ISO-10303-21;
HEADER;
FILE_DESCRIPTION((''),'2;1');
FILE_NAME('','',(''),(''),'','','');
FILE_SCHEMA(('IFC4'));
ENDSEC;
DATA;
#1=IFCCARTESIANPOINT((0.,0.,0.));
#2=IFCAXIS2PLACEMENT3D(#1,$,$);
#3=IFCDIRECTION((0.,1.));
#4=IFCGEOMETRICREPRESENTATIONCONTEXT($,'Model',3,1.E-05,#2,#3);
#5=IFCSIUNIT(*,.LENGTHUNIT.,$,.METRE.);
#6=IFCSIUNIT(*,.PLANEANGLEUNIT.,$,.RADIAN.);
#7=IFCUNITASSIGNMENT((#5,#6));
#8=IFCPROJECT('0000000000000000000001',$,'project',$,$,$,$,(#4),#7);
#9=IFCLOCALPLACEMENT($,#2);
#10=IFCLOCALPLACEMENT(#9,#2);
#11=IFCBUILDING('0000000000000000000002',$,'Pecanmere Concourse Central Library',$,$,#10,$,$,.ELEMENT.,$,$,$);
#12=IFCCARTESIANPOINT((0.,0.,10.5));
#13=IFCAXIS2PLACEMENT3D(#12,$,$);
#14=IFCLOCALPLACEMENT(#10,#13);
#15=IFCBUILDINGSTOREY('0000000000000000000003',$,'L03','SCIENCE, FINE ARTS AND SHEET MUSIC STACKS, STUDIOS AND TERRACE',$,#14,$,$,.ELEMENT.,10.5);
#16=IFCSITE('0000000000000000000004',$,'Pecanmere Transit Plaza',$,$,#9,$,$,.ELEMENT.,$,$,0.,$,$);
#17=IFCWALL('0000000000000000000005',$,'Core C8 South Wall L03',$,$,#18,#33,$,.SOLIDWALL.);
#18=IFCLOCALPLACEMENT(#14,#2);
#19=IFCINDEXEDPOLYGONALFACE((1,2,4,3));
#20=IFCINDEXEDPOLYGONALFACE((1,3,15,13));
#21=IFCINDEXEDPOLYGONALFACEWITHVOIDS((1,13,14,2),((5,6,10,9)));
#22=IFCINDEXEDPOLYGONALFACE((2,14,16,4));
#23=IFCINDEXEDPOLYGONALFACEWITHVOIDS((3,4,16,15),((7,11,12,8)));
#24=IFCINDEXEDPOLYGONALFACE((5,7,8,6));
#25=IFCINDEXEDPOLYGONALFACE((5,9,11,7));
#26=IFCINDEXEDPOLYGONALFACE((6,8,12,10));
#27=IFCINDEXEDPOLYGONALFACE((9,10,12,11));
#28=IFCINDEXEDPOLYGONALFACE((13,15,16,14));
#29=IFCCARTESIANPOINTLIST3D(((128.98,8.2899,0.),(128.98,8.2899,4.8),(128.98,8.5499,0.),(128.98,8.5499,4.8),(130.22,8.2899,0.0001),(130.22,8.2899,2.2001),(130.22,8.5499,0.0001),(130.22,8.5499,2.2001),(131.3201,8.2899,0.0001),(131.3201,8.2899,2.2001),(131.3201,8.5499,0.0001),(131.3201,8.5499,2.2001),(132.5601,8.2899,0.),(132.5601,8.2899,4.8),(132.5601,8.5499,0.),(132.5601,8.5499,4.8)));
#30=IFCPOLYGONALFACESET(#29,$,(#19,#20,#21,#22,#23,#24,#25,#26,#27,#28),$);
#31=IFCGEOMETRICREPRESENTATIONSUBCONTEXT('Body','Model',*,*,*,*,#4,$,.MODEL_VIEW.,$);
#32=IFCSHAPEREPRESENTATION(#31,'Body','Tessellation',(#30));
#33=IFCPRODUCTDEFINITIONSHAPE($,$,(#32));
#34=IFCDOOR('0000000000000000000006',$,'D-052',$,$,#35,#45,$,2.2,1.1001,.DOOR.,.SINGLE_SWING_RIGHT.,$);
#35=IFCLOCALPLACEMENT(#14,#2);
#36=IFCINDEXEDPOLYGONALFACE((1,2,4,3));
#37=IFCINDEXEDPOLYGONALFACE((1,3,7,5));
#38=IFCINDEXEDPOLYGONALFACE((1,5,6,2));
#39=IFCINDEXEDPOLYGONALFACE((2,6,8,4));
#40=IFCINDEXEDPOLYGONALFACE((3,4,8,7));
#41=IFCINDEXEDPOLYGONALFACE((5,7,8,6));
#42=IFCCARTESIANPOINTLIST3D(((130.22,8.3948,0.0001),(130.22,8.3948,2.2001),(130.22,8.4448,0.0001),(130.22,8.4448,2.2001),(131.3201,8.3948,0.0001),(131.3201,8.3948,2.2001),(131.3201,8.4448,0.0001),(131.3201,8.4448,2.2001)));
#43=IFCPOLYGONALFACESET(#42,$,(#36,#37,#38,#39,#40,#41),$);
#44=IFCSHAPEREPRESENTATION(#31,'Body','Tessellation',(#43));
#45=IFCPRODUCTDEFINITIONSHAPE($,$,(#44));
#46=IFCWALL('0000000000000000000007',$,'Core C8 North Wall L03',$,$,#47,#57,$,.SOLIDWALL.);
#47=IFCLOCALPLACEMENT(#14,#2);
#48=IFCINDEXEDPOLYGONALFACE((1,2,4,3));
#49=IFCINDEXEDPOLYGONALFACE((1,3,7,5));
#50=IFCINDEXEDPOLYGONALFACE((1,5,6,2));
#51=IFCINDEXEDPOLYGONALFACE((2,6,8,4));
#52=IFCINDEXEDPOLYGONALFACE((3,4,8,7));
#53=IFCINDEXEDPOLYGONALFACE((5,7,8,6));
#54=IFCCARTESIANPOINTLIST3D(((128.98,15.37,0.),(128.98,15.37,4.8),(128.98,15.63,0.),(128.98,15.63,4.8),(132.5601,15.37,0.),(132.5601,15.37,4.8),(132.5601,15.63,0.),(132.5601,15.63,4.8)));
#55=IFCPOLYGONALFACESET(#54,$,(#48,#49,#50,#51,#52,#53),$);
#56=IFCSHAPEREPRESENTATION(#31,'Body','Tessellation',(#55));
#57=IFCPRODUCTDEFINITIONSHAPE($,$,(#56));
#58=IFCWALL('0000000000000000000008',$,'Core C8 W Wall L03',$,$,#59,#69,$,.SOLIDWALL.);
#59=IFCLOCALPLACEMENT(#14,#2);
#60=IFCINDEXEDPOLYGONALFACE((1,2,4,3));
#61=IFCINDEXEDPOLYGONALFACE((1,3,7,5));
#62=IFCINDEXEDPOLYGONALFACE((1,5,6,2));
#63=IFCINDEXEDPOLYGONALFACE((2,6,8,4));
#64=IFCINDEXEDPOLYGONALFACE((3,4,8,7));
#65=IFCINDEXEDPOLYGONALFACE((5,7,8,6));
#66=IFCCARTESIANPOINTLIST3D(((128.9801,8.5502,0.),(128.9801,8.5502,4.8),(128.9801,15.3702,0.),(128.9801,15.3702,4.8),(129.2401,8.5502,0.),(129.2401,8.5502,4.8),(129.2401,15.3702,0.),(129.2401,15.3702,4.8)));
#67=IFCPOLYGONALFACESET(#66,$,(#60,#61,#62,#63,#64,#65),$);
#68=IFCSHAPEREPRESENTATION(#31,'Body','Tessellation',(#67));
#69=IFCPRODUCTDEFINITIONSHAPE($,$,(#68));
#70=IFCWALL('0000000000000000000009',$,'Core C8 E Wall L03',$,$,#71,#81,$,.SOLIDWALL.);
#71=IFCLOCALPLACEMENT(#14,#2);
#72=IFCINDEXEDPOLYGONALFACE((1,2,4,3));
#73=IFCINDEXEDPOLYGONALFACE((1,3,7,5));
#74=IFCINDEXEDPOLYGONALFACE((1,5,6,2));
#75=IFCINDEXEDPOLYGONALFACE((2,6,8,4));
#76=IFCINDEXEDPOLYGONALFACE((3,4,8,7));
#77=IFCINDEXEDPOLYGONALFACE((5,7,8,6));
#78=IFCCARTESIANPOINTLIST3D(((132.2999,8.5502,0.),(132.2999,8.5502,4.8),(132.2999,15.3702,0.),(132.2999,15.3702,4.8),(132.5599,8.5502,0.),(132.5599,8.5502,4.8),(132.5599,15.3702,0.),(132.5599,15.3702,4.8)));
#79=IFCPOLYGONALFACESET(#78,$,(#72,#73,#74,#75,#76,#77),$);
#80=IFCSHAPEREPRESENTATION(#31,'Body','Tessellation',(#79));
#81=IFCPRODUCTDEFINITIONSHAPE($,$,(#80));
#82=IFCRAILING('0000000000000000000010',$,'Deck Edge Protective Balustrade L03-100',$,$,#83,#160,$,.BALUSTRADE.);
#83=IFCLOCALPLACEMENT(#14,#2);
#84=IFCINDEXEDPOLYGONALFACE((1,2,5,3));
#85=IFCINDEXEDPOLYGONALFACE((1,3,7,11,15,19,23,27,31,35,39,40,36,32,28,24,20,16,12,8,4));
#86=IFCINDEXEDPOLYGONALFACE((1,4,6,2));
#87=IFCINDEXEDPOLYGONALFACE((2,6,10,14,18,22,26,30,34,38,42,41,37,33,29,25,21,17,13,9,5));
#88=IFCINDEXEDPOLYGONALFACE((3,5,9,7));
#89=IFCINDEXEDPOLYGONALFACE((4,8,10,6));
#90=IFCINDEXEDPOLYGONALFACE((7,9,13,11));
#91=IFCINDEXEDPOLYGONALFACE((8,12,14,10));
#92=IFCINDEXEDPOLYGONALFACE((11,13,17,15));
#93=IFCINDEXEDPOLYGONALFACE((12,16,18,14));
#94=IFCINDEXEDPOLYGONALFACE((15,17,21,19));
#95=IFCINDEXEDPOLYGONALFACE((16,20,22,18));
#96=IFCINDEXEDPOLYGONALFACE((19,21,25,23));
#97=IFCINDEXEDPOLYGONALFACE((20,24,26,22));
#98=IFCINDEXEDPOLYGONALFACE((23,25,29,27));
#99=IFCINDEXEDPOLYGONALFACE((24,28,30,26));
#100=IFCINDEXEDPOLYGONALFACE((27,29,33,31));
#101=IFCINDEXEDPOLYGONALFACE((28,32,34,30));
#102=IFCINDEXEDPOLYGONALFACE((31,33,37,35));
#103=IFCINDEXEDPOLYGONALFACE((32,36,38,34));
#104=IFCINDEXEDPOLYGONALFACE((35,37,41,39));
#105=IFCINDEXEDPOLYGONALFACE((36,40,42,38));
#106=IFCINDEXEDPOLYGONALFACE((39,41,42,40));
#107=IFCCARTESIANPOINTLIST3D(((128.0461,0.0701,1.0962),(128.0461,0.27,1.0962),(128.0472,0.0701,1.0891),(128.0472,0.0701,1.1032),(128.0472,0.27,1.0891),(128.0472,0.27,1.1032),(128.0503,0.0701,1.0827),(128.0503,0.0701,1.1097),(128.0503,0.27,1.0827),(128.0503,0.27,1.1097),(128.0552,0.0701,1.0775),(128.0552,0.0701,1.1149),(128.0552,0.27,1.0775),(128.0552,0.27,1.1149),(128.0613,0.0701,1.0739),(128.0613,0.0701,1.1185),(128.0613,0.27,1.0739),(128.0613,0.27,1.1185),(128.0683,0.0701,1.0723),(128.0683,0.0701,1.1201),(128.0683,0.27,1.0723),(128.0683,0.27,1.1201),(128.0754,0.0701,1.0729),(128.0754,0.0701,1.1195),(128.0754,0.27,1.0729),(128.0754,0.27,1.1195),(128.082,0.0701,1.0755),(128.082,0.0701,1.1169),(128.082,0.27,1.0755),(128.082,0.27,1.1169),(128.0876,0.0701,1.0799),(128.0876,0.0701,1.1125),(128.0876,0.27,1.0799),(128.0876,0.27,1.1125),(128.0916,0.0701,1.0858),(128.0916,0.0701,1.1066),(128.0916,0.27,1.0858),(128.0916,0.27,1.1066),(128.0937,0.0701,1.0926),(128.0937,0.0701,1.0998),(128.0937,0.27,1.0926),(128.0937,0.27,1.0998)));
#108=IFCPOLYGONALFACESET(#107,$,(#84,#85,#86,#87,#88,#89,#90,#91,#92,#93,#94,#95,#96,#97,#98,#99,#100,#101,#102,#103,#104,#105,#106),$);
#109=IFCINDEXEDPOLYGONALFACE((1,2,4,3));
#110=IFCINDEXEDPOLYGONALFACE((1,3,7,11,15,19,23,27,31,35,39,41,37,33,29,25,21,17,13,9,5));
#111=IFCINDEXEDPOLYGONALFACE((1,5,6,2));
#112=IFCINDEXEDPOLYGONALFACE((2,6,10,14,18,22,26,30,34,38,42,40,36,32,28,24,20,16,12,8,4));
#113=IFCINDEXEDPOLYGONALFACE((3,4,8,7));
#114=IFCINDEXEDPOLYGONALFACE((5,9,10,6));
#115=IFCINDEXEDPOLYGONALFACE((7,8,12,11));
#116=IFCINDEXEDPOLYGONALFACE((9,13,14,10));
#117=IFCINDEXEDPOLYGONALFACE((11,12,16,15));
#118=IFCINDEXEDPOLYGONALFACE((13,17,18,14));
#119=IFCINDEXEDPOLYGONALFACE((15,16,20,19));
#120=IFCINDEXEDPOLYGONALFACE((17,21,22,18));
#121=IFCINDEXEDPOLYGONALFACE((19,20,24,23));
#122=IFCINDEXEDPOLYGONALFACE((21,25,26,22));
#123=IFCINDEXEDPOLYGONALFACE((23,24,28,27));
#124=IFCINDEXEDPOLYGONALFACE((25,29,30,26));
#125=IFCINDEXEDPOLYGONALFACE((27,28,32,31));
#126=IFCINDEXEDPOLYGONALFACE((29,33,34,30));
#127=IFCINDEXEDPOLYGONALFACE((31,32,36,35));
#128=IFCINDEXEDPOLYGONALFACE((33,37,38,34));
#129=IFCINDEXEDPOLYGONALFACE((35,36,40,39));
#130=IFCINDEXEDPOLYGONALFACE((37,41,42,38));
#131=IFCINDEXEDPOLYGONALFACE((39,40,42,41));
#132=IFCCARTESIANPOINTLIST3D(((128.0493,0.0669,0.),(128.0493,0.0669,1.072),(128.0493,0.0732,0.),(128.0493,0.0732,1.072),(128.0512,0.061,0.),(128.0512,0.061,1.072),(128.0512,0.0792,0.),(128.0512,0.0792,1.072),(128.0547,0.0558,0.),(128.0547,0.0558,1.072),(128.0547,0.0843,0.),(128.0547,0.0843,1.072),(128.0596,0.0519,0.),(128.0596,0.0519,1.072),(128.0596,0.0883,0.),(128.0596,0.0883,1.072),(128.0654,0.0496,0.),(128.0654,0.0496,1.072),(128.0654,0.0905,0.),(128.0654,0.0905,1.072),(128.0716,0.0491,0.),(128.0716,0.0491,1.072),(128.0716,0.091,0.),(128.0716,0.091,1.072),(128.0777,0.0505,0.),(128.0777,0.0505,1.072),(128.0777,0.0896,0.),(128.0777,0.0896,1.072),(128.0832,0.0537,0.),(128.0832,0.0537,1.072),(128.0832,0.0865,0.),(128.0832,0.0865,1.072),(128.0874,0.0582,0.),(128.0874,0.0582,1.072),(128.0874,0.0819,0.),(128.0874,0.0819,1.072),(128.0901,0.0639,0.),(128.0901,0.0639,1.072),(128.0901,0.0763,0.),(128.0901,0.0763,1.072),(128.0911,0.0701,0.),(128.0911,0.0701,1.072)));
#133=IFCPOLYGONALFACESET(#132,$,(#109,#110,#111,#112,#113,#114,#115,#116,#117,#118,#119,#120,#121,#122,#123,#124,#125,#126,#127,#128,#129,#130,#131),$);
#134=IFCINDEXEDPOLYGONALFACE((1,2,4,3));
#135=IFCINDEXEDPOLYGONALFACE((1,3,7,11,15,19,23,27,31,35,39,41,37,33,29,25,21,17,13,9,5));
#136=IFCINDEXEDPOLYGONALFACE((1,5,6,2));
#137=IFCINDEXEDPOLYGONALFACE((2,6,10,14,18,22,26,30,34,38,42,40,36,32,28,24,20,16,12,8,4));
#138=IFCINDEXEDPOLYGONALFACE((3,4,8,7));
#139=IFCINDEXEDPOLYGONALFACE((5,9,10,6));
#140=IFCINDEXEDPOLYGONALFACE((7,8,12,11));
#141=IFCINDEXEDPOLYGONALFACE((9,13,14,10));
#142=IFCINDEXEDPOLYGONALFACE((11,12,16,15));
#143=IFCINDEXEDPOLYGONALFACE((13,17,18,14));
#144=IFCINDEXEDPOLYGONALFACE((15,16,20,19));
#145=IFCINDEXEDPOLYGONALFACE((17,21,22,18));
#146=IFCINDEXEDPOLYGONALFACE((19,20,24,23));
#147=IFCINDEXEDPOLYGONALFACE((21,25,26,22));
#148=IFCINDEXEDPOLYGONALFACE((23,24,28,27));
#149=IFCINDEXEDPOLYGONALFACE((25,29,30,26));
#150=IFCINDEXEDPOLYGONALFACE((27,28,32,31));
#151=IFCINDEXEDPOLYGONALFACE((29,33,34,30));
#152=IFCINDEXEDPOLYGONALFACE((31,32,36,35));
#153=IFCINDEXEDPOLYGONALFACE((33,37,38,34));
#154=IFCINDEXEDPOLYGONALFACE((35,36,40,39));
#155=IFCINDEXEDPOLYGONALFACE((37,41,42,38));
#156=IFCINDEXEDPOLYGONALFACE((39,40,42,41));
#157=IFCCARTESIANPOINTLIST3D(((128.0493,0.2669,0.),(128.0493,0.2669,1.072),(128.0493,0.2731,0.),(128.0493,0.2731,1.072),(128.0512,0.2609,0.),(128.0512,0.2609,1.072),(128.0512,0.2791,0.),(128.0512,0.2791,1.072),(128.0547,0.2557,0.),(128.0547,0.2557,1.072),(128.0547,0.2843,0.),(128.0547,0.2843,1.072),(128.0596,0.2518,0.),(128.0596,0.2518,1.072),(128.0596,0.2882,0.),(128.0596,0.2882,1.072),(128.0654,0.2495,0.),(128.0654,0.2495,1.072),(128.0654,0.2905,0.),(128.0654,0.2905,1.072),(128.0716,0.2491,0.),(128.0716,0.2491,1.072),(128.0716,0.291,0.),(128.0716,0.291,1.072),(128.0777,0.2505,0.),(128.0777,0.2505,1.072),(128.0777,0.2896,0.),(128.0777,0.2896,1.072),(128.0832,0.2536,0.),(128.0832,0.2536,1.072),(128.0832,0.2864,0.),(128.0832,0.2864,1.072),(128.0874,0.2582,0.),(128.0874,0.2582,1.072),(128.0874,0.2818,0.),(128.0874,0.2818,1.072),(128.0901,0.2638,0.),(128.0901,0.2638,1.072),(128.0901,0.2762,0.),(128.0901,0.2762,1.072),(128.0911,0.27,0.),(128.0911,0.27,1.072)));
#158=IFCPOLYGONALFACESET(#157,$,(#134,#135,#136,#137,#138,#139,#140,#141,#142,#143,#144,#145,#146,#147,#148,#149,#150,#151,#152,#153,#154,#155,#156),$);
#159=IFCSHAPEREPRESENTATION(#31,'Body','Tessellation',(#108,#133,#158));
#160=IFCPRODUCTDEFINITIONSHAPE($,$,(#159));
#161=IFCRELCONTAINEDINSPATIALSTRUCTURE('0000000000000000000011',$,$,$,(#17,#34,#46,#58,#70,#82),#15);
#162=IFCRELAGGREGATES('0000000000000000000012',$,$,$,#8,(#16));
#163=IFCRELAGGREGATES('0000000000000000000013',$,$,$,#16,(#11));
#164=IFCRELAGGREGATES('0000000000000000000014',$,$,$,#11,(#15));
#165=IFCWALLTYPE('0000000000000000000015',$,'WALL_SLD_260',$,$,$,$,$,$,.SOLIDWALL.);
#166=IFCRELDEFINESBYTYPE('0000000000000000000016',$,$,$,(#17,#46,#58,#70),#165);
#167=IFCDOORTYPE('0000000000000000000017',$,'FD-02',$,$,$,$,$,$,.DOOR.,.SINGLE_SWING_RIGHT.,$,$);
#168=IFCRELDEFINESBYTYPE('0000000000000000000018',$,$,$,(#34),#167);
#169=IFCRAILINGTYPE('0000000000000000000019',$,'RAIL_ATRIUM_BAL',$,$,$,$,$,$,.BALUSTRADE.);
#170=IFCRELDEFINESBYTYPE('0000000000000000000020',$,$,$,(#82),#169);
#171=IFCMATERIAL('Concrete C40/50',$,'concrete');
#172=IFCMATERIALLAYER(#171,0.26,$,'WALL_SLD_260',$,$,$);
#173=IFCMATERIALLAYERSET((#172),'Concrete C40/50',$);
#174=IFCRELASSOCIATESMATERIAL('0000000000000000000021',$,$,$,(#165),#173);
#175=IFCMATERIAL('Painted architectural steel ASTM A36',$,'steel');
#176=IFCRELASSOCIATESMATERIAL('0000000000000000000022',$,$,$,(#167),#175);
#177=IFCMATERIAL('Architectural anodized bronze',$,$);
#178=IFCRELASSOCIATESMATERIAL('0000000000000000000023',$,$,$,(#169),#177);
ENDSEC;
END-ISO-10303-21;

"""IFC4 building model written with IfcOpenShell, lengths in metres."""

from ifc_helpers import new_model, si_unit, direction, frame, frame_2d, origin, origin_2d, place, context, subcontext, project, spatial, rectangle, circle, extrude, material, layer, layer_set, type_object, element, fill, save


model = new_model("IFC4")

# Units and contexts
model_context = context("Model", 3, precision=1e-05, world=origin(), true_north=direction((0.0, 1.0)))
body_context = subcontext(model_context, "Body", "Model", "MODEL_VIEW")
ifc_project = project(units=[si_unit("LENGTHUNIT", "METRE"), si_unit("PLANEANGLEUNIT", "RADIAN")], contexts=[model_context])

# Site, building, storey
site_placement = place(None, origin())
site = spatial("IfcSite", under=ifc_project, at=site_placement, Name="Pecanmere Transit Plaza", CompositionType="ELEMENT", RefElevation=0.0)
building_placement = place(site_placement, origin())
building = spatial("IfcBuilding", under=site, at=building_placement, Name="Pecanmere Concourse Central Library", CompositionType="ELEMENT")
storey_placement = place(building_placement, frame((0.0, 0.0, 10.5)))
storey = spatial("IfcBuildingStorey", under=building, at=storey_placement, Name="L03", Description="SCIENCE, FINE ARTS AND SHEET MUSIC STACKS, STUDIOS AND TERRACE", CompositionType="ELEMENT", Elevation=10.5)

# Wall, opening, door
ifc_material_1 = material(Name="Concrete C40/50", Category="concrete")
ifc_layer_1 = layer(ifc_material_1, 0.26, Name="WALL_SLD_260")
ifc_layer_set_1 = layer_set([ifc_layer_1], Name="Concrete C40/50")
wall_type_1 = type_object("IfcWallType", Name="WALL_SLD_260", PredefinedType="SOLIDWALL", material=ifc_layer_set_1)
wall_1_placement = place(storey_placement, frame((128.98, 8.4199, 0.0), z_axis=(0.0, 0.0, 1.0), x_axis=(1.0, 0.0, 0.0)))
wall_1 = element("IfcWall", 1, at=wall_1_placement, inside=storey, type_object=wall_type_1, Name="Core C8 South Wall L03", PredefinedType="SOLIDWALL", context=body_context, shape_type="SweptSolid", body=[
    extrude(rectangle(XDim=3.5801, YDim=0.26, at=frame_2d((1.79, 0.0))), origin(), (0.0, 0.0, 1.0), 4.8),
])
opening_1_placement = place(wall_1_placement, frame((1.24, 0.0, 0.0)))
opening_1 = element("IfcOpeningElement", 2, at=opening_1_placement, cuts=wall_1, PredefinedType="OPENING", context=body_context, shape_type="SweptSolid", body=[
    extrude(rectangle(XDim=1.1001, YDim=2.2, at=frame_2d((0.55, 1.1001))), frame((0.0, 0.1421, 0.0), z_axis=(0.0, -1.0, 0.0), x_axis=(1.0, 0.0, 0.0)), (0.0, 0.0, 1.0), 0.2839),
])
ifc_material_2 = material(Name="Painted architectural steel ASTM A36", Category="steel")
door_type = type_object("IfcDoorType", Name="FD-02", OperationType="SINGLE_SWING_RIGHT", PredefinedType="DOOR", material=ifc_material_2)
door_placement = place(opening_1_placement, origin())
door = element("IfcDoor", 3, at=door_placement, inside=storey, type_object=door_type, Name="D-052", OperationType="SINGLE_SWING_RIGHT", OverallHeight=2.2, OverallWidth=1.1001, PredefinedType="DOOR", context=body_context, shape_type="SweptSolid", body=[
    extrude(rectangle(XDim=1.1001, YDim=2.2, at=frame_2d((0.55, 1.1001))), frame((0.0, 0.0249, 0.0), z_axis=(0.0, -1.0, 0.0), x_axis=(1.0, 0.0, 0.0)), (0.0, 0.0, 1.0), 0.05),
])
fill(opening_1, door)

# Walls
wall_2_placement = place(storey_placement, frame((128.98, 15.5, 0.0), z_axis=(0.0, 0.0, 1.0), x_axis=(1.0, 0.0, 0.0)))
element("IfcWall", 4, at=wall_2_placement, inside=storey, type_object=wall_type_1, Name="Core C8 North Wall L03", PredefinedType="SOLIDWALL", context=body_context, shape_type="SweptSolid", body=[
    extrude(rectangle(XDim=3.5801, YDim=0.26, at=frame_2d((1.79, 0.0))), origin(), (0.0, 0.0, 1.0), 4.8),
])
for number, where, z_axis, x_axis, name in (
    (5, (129.1101, 8.55, 0.0), (0.0, 0.0, 1.0), (0.0, 1.0, 0.0), "Core C8 W Wall L03"),
    (6, (132.4299, 8.55, 0.0), (0.0, 0.0, 1.0), (0.0, 1.0, 0.0), "Core C8 E Wall L03"),
):
    element("IfcWall", number, at=place(storey_placement, frame(where, z_axis=z_axis, x_axis=x_axis)), inside=storey, type_object=wall_type_1, Name=name, PredefinedType="SOLIDWALL", context=body_context, shape_type="SweptSolid", body=[
        extrude(rectangle(XDim=6.8201, YDim=0.26, at=frame_2d((3.4102, 0.0))), origin(), (0.0, 0.0, 1.0), 4.8),
    ])

# Railing
ifc_material_3 = material(Name="Architectural anodized bronze")
railing_type_1 = type_object("IfcRailingType", Name="RAIL_ATRIUM_BAL", PredefinedType="BALUSTRADE", material=ifc_material_3)
railing_1_placement = place(storey_placement, frame((128.0701, 0.0701, 0.0)))
element("IfcRailing", 7, at=railing_1_placement, inside=storey, type_object=railing_type_1, Name="Deck Edge Protective Balustrade L03-100", PredefinedType="BALUSTRADE", context=body_context, shape_type="SweptSolid", body=[
    extrude(circle(Radius=0.0239, at=origin_2d()), frame((0.0, 0.0, 1.0962), z_axis=(0.0, 1.0, 0.0), x_axis=(-1.0, 0.0, 0.0)), (0.0, 0.0, 1.0), 0.2),
    extrude(circle(Radius=0.021, at=origin_2d()), origin(), (0.0, 0.0, 1.0), 1.072),
    extrude(circle(Radius=0.021, at=origin_2d()), frame((0.0, 0.2, 0.0)), (0.0, 0.0, 1.0), 1.072),
])

save(model, "model.ifc")
